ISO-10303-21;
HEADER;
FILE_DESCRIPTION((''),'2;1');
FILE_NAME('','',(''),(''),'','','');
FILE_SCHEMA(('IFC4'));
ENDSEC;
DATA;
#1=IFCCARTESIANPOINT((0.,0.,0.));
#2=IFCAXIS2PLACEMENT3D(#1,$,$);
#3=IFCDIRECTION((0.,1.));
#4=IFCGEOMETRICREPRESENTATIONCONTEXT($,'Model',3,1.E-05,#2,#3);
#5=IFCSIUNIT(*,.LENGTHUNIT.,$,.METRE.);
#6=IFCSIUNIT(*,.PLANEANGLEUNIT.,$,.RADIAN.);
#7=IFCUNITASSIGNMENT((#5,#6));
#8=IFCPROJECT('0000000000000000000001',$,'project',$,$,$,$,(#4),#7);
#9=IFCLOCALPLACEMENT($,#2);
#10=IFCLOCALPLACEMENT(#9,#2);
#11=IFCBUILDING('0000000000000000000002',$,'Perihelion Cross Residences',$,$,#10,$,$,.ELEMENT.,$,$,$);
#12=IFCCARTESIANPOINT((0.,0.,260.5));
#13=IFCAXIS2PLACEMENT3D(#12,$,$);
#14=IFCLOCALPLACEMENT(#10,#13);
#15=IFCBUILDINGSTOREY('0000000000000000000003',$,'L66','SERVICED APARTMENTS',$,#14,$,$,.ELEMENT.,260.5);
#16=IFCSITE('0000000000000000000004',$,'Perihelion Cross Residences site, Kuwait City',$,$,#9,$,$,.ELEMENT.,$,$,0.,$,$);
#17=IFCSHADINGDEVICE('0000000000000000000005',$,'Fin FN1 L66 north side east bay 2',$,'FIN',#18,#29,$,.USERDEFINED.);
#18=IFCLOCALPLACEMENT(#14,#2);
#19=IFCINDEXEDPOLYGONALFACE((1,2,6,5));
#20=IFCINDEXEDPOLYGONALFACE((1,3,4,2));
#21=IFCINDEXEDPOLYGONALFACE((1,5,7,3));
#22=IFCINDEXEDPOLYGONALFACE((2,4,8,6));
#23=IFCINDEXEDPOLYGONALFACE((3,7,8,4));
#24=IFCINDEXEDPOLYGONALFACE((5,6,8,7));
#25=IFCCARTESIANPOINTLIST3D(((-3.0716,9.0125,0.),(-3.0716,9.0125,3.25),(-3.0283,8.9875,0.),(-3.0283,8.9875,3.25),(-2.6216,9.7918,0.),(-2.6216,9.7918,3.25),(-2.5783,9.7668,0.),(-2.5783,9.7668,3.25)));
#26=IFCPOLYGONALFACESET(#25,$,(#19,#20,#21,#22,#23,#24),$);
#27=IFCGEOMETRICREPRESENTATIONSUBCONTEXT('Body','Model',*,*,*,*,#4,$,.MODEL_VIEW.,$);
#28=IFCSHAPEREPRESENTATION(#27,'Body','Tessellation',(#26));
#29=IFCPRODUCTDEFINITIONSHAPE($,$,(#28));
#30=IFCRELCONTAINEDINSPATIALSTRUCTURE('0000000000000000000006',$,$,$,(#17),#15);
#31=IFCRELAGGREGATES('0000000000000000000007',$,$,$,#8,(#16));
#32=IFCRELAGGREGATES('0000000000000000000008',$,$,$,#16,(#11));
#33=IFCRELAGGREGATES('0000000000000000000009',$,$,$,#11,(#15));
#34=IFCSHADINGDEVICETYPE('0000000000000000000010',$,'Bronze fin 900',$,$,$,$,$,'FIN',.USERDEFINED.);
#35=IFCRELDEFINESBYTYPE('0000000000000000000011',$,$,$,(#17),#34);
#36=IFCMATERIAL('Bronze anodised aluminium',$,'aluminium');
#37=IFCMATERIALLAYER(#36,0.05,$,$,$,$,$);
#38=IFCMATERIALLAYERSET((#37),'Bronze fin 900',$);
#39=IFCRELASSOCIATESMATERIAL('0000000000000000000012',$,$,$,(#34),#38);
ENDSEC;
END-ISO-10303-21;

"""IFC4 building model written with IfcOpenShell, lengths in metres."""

from ifc_helpers import new_model, si_unit, direction, frame, origin, origin_2d, place, context, subcontext, project, spatial, rectangle, extrude, material, layer, layer_set, type_object, element, save


model = new_model("IFC4")

# Units and contexts
model_context = context("Model", 3, precision=1e-05, world=origin(), true_north=direction((0.0, 1.0)))
body_context = subcontext(model_context, "Body", "Model", "MODEL_VIEW")
ifc_project = project(units=[si_unit("LENGTHUNIT", "METRE"), si_unit("PLANEANGLEUNIT", "RADIAN")], contexts=[model_context])

# Site, building, storey
site_placement = place(None, origin())
site = spatial("IfcSite", under=ifc_project, at=site_placement, Name="Perihelion Cross Residences site, Kuwait City", CompositionType="ELEMENT", RefElevation=0.0)
building_placement = place(site_placement, origin())
building = spatial("IfcBuilding", under=site, at=building_placement, Name="Perihelion Cross Residences", CompositionType="ELEMENT")
storey_placement = place(building_placement, frame((0.0, 0.0, 260.5)))
storey = spatial("IfcBuildingStorey", under=building, at=storey_placement, Name="L66", Description="SERVICED APARTMENTS", CompositionType="ELEMENT", Elevation=260.5)

# Shading device
ifc_material_1 = material(Name="Bronze anodised aluminium", Category="aluminium")
ifc_layer_1 = layer(ifc_material_1, 0.05)
ifc_layer_set_1 = layer_set([ifc_layer_1], Name="Bronze fin 900")
shading_device_type = type_object("IfcShadingDeviceType", Name="Bronze fin 900", ElementType="FIN", PredefinedType="USERDEFINED", material=ifc_layer_set_1)
shading_device_placement = place(storey_placement, frame((-2.825, 9.3896, 0.0), z_axis=(0.0, 0.0, 1.0), x_axis=(0.5, 0.866025, 0.0)))
element("IfcShadingDevice", 1, at=shading_device_placement, inside=storey, type_object=shading_device_type, Name="Fin FN1 L66 north side east bay 2", ObjectType="FIN", PredefinedType="USERDEFINED", context=body_context, shape_type="SweptSolid", body=[
    extrude(rectangle(XDim=0.8999, YDim=0.05, at=origin_2d()), origin(), (0.0, 0.0, 1.0), 3.25),
])

save(model, "model.ifc")
